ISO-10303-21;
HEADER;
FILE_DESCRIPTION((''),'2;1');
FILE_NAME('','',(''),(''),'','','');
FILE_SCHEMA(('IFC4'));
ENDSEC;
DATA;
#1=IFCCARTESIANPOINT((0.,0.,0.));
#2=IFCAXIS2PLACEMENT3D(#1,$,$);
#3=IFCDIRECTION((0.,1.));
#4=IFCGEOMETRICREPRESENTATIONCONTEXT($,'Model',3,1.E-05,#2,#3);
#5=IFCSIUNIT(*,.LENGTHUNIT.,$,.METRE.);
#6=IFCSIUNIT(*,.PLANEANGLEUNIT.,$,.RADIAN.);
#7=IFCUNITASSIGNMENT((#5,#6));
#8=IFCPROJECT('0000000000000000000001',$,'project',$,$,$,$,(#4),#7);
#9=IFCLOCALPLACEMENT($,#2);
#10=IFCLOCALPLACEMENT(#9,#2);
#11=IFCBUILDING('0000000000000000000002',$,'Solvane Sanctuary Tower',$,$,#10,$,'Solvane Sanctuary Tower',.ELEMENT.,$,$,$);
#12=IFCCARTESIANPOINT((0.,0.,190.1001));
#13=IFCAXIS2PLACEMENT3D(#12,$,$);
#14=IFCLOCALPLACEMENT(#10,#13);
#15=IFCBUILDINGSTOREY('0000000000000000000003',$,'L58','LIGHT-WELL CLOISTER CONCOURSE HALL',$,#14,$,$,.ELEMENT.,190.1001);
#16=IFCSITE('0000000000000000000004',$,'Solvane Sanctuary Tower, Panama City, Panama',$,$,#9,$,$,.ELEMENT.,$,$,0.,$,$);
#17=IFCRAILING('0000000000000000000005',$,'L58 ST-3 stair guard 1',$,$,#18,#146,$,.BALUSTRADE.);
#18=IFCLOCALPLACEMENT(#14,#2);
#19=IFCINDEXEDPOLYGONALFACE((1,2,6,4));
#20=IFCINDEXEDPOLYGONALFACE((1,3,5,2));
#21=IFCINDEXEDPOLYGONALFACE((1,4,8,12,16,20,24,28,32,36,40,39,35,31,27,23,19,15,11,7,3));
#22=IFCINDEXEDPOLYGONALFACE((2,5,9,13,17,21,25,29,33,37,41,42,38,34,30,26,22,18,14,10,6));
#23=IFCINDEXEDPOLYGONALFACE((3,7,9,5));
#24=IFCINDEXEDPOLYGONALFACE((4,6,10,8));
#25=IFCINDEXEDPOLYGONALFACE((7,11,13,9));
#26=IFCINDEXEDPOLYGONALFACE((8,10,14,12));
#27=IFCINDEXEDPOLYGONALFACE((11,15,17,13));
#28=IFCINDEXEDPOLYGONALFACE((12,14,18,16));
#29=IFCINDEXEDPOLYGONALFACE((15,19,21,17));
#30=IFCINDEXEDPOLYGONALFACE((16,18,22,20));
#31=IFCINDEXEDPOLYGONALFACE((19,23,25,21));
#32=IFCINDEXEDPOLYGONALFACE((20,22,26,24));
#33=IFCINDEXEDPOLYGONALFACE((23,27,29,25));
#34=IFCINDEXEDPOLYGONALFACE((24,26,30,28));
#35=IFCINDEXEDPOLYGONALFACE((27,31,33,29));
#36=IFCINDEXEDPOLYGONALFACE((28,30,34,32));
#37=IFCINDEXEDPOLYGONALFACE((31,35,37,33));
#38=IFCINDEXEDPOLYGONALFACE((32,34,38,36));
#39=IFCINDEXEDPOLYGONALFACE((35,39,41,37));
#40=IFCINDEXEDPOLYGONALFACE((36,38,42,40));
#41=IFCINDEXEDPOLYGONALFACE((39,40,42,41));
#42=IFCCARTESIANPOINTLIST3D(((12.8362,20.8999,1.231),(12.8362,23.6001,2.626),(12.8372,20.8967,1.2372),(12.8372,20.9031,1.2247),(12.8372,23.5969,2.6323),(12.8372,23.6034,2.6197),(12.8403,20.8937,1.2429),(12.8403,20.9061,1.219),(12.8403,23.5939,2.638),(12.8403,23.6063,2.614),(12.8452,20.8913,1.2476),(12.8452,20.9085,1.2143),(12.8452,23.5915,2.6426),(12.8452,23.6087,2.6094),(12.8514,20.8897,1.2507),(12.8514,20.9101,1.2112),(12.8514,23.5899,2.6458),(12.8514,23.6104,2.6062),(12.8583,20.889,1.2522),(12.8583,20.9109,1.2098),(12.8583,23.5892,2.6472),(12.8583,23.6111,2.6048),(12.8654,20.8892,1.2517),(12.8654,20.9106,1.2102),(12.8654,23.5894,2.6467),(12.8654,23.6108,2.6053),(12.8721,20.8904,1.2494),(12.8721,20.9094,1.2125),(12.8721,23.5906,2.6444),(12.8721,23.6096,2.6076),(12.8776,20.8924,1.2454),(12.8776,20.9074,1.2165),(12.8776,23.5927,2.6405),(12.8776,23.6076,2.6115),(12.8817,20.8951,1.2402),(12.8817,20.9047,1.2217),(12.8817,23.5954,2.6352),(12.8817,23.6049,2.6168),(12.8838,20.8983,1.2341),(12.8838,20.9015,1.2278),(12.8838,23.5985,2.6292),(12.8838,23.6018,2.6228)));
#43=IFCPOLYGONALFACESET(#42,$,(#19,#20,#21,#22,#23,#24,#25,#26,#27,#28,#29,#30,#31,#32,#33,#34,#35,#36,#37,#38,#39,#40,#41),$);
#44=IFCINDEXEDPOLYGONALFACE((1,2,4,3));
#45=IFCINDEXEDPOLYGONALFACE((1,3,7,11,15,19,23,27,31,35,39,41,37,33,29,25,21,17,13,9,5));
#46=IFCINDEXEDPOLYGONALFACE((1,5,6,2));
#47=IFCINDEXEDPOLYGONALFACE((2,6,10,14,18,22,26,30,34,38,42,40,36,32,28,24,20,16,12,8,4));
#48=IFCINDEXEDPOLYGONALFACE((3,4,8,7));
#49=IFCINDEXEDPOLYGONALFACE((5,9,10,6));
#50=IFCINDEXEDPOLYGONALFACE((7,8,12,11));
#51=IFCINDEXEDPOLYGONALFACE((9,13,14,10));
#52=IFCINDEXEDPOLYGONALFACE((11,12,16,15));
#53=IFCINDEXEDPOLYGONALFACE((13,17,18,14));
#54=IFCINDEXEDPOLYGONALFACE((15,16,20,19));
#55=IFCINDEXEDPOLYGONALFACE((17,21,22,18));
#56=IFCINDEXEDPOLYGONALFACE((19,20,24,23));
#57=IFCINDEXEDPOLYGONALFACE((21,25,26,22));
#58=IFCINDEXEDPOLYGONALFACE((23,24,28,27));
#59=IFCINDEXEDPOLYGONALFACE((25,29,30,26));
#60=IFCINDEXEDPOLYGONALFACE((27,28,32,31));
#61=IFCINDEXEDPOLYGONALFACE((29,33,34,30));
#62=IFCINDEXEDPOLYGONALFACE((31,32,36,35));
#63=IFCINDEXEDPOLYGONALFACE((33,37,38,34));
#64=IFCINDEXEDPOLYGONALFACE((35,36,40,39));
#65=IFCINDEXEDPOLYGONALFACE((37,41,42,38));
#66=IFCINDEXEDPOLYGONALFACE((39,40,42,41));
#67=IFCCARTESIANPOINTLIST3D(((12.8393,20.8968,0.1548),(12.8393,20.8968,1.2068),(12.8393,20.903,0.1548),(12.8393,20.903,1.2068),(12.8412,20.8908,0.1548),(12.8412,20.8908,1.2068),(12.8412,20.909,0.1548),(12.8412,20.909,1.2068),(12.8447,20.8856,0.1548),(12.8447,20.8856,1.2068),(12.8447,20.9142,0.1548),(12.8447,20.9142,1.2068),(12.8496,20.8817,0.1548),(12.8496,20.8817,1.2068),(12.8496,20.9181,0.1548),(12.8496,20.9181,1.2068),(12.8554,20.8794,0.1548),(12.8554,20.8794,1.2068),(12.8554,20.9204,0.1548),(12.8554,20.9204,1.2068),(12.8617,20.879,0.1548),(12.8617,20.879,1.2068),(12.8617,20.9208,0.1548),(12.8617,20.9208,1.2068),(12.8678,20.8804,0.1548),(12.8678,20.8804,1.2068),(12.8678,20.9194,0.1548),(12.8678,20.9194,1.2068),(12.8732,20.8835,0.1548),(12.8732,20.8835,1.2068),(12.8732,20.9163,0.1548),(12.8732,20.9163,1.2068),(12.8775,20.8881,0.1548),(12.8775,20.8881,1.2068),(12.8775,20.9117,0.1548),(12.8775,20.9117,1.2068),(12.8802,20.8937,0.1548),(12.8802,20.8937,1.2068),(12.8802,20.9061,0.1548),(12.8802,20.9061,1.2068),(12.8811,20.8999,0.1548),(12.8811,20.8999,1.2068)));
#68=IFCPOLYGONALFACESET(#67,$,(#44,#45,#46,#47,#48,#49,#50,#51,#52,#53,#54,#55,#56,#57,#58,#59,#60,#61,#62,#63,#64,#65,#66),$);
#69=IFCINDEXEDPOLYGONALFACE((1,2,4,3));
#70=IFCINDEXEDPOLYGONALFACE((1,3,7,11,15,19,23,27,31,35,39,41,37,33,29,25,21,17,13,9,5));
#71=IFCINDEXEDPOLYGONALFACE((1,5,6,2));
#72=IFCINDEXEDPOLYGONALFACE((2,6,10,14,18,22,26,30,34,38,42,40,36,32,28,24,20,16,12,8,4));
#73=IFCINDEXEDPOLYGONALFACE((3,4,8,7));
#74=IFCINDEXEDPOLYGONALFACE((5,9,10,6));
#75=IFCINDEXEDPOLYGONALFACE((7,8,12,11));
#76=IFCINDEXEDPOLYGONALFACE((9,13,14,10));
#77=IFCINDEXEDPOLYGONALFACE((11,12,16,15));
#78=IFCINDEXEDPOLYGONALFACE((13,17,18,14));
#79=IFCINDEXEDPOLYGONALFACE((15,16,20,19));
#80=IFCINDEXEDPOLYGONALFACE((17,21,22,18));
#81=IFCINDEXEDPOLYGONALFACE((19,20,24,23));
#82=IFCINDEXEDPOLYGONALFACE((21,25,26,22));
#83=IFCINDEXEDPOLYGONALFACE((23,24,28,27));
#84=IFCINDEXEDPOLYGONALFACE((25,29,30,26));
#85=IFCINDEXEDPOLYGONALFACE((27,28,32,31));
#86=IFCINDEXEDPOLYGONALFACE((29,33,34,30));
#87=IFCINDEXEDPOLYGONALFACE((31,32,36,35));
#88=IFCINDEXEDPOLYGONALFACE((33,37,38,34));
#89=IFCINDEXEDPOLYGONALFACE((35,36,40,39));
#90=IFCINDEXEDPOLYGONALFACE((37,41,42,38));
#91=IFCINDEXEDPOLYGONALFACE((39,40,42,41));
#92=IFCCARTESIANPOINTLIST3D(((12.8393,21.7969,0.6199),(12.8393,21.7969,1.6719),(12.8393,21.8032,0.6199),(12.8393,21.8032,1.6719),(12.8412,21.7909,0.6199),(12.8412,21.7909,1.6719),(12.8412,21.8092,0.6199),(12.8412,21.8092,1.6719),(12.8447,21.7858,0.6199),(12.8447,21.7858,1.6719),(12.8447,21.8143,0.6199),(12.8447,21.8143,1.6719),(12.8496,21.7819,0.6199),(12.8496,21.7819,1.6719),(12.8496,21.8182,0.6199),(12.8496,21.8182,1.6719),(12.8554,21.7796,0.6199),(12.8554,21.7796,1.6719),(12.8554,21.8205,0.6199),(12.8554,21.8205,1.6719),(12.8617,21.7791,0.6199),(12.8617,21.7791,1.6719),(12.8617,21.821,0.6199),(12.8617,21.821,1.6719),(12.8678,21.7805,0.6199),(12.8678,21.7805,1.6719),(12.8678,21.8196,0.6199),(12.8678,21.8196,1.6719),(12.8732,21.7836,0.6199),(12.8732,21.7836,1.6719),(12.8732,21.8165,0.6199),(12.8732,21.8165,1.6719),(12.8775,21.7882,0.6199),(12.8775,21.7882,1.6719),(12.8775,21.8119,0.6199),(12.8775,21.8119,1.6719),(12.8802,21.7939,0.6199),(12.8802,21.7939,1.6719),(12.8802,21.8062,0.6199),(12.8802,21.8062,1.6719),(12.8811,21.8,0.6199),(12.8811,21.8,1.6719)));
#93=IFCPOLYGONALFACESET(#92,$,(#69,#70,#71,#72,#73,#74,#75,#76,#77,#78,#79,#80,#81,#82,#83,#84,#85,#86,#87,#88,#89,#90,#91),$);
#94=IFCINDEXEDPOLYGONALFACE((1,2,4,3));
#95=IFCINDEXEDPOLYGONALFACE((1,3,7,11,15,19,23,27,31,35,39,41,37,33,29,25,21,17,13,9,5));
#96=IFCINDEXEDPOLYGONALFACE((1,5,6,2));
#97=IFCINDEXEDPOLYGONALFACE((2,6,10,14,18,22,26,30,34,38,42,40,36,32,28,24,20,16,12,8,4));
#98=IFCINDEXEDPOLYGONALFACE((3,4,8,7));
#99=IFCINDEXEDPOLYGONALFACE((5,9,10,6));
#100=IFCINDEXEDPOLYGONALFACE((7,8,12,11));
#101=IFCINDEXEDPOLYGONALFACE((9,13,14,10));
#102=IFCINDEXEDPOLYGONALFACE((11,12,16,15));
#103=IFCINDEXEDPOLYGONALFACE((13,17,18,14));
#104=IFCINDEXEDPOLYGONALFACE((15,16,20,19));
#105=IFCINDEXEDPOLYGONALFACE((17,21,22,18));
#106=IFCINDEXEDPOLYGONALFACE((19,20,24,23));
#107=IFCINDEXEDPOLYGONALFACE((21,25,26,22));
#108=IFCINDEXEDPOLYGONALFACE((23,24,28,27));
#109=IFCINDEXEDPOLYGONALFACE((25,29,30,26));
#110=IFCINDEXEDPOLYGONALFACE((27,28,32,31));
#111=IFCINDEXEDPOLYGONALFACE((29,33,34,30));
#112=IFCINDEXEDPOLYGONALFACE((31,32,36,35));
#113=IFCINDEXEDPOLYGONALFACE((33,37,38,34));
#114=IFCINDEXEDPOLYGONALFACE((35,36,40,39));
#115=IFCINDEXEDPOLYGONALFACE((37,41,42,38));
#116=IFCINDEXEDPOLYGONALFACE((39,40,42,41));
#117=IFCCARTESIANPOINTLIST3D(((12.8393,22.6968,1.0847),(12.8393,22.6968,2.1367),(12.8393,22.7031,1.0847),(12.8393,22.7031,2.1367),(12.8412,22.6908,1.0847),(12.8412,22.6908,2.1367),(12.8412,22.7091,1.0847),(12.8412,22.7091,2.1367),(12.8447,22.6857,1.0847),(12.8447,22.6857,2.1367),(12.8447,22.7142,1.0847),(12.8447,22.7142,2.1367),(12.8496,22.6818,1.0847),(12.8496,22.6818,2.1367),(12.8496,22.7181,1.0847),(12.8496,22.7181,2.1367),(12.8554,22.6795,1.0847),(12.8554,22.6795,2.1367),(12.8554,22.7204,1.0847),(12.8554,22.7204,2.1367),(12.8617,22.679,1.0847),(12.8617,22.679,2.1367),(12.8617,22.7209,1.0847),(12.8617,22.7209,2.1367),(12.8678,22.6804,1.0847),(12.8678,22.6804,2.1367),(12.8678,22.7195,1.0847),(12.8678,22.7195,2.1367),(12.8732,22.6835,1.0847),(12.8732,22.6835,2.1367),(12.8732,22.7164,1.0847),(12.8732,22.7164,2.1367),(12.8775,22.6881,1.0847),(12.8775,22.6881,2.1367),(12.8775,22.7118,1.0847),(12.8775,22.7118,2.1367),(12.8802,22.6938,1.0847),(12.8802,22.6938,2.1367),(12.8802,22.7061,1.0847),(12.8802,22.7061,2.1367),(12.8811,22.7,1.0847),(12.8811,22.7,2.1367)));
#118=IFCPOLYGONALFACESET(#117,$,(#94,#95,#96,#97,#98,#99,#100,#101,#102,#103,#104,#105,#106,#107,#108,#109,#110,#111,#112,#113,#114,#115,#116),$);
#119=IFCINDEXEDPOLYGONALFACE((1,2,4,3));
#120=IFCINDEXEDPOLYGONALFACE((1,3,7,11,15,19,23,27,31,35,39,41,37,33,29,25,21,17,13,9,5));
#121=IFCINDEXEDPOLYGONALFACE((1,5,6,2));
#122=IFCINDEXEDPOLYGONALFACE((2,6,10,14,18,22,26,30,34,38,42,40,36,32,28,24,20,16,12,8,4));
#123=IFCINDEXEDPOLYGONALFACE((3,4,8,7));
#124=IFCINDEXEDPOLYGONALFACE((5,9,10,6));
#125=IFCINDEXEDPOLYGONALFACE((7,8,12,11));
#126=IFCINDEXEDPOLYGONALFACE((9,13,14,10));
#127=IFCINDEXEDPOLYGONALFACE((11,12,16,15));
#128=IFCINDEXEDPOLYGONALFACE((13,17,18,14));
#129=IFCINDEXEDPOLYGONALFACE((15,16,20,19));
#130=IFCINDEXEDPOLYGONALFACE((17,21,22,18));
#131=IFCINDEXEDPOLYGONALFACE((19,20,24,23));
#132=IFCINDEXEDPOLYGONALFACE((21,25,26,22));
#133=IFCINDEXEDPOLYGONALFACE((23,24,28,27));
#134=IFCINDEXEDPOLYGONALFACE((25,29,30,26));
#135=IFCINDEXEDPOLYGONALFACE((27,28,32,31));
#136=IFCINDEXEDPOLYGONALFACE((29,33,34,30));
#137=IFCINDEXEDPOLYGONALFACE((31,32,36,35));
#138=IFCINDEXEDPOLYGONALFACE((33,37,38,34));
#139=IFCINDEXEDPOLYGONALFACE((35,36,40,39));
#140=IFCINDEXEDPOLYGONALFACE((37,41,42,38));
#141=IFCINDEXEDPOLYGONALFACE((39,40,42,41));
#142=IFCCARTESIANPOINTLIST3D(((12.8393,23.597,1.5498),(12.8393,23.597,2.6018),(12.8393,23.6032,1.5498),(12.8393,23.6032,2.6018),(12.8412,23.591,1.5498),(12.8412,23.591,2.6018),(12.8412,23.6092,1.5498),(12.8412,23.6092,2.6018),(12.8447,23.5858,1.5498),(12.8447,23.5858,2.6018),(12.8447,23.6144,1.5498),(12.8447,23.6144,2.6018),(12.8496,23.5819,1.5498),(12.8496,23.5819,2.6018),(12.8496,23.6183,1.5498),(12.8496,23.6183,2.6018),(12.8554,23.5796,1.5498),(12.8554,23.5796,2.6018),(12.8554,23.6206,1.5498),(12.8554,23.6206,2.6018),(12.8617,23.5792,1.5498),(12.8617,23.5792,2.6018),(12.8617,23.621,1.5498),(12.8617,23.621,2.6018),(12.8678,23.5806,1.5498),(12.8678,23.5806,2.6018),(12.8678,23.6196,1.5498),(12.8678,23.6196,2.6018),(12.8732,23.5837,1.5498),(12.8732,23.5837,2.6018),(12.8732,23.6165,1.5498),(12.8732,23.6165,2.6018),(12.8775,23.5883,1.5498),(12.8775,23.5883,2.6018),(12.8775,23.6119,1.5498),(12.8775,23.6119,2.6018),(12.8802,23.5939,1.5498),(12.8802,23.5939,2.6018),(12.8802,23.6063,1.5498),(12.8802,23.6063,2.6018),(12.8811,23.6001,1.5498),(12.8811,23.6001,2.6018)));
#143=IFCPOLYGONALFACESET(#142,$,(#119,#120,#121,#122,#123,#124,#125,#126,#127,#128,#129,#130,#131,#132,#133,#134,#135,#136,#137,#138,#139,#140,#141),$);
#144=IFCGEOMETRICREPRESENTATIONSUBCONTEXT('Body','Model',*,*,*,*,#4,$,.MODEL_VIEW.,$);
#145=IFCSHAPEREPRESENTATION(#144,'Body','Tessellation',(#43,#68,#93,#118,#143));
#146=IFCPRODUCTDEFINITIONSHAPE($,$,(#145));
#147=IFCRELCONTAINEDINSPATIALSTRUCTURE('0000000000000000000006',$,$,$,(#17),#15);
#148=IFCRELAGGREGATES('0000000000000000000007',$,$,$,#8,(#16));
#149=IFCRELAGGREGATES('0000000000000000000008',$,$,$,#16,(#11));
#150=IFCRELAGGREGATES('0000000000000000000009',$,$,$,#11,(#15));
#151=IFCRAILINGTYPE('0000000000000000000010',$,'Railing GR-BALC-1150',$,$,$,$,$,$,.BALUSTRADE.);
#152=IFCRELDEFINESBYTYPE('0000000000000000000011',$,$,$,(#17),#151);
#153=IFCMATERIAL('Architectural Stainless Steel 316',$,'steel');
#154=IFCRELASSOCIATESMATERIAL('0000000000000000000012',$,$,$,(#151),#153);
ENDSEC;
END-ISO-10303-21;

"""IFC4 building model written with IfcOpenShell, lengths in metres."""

from ifc_helpers import new_model, si_unit, direction, frame, origin, origin_2d, place, context, subcontext, project, spatial, circle, extrude, material, type_object, element, save


model = new_model("IFC4")

# Units and contexts
model_context = context("Model", 3, precision=1e-05, world=origin(), true_north=direction((0.0, 1.0)))
body_context = subcontext(model_context, "Body", "Model", "MODEL_VIEW")
ifc_project = project(units=[si_unit("LENGTHUNIT", "METRE"), si_unit("PLANEANGLEUNIT", "RADIAN")], contexts=[model_context])

# Site, building, storey
site_placement = place(None, origin())
site = spatial("IfcSite", under=ifc_project, at=site_placement, Name="Solvane Sanctuary Tower, Panama City, Panama", CompositionType="ELEMENT", RefElevation=0.0)
building_placement = place(site_placement, origin())
building = spatial("IfcBuilding", under=site, at=building_placement, Name="Solvane Sanctuary Tower", LongName="Solvane Sanctuary Tower", CompositionType="ELEMENT")
storey_placement = place(building_placement, frame((0.0, 0.0, 190.1001)))
storey = spatial("IfcBuildingStorey", under=building, at=storey_placement, Name="L58", Description="LIGHT-WELL CLOISTER CONCOURSE HALL", CompositionType="ELEMENT", Elevation=190.1001)

# Railing
ifc_material_1 = material(Name="Architectural Stainless Steel 316", Category="steel")
railing_type_1 = type_object("IfcRailingType", Name="Railing GR-BALC-1150", PredefinedType="BALUSTRADE", material=ifc_material_1)
railing_1_placement = place(storey_placement, frame((12.8601, 20.8999, 0.1548)))
element("IfcRailing", 1, at=railing_1_placement, inside=storey, type_object=railing_type_1, Name="L58 ST-3 stair guard 1", PredefinedType="BALUSTRADE", context=body_context, shape_type="SweptSolid", body=[
    extrude(circle(Radius=0.0239, at=origin_2d()), frame((0.0, 0.0, 1.0762), z_axis=(0.0, 0.888437, 0.458999), x_axis=(-1.0, 0.0, 0.0)), (0.0, 0.0, 1.0), 3.0393),
    extrude(circle(Radius=0.021, at=origin_2d()), origin(), (0.0, 0.0, 1.0), 1.052),
    extrude(circle(Radius=0.021, at=origin_2d()), frame((0.0, 0.9001, 0.4651)), (0.0, 0.0, 1.0), 1.052),
    extrude(circle(Radius=0.021, at=origin_2d()), frame((0.0, 1.8, 0.9299)), (0.0, 0.0, 1.0), 1.052),
    extrude(circle(Radius=0.021, at=origin_2d()), frame((0.0, 2.7002, 1.395)), (0.0, 0.0, 1.0), 1.052),
])

save(model, "model.ifc")
